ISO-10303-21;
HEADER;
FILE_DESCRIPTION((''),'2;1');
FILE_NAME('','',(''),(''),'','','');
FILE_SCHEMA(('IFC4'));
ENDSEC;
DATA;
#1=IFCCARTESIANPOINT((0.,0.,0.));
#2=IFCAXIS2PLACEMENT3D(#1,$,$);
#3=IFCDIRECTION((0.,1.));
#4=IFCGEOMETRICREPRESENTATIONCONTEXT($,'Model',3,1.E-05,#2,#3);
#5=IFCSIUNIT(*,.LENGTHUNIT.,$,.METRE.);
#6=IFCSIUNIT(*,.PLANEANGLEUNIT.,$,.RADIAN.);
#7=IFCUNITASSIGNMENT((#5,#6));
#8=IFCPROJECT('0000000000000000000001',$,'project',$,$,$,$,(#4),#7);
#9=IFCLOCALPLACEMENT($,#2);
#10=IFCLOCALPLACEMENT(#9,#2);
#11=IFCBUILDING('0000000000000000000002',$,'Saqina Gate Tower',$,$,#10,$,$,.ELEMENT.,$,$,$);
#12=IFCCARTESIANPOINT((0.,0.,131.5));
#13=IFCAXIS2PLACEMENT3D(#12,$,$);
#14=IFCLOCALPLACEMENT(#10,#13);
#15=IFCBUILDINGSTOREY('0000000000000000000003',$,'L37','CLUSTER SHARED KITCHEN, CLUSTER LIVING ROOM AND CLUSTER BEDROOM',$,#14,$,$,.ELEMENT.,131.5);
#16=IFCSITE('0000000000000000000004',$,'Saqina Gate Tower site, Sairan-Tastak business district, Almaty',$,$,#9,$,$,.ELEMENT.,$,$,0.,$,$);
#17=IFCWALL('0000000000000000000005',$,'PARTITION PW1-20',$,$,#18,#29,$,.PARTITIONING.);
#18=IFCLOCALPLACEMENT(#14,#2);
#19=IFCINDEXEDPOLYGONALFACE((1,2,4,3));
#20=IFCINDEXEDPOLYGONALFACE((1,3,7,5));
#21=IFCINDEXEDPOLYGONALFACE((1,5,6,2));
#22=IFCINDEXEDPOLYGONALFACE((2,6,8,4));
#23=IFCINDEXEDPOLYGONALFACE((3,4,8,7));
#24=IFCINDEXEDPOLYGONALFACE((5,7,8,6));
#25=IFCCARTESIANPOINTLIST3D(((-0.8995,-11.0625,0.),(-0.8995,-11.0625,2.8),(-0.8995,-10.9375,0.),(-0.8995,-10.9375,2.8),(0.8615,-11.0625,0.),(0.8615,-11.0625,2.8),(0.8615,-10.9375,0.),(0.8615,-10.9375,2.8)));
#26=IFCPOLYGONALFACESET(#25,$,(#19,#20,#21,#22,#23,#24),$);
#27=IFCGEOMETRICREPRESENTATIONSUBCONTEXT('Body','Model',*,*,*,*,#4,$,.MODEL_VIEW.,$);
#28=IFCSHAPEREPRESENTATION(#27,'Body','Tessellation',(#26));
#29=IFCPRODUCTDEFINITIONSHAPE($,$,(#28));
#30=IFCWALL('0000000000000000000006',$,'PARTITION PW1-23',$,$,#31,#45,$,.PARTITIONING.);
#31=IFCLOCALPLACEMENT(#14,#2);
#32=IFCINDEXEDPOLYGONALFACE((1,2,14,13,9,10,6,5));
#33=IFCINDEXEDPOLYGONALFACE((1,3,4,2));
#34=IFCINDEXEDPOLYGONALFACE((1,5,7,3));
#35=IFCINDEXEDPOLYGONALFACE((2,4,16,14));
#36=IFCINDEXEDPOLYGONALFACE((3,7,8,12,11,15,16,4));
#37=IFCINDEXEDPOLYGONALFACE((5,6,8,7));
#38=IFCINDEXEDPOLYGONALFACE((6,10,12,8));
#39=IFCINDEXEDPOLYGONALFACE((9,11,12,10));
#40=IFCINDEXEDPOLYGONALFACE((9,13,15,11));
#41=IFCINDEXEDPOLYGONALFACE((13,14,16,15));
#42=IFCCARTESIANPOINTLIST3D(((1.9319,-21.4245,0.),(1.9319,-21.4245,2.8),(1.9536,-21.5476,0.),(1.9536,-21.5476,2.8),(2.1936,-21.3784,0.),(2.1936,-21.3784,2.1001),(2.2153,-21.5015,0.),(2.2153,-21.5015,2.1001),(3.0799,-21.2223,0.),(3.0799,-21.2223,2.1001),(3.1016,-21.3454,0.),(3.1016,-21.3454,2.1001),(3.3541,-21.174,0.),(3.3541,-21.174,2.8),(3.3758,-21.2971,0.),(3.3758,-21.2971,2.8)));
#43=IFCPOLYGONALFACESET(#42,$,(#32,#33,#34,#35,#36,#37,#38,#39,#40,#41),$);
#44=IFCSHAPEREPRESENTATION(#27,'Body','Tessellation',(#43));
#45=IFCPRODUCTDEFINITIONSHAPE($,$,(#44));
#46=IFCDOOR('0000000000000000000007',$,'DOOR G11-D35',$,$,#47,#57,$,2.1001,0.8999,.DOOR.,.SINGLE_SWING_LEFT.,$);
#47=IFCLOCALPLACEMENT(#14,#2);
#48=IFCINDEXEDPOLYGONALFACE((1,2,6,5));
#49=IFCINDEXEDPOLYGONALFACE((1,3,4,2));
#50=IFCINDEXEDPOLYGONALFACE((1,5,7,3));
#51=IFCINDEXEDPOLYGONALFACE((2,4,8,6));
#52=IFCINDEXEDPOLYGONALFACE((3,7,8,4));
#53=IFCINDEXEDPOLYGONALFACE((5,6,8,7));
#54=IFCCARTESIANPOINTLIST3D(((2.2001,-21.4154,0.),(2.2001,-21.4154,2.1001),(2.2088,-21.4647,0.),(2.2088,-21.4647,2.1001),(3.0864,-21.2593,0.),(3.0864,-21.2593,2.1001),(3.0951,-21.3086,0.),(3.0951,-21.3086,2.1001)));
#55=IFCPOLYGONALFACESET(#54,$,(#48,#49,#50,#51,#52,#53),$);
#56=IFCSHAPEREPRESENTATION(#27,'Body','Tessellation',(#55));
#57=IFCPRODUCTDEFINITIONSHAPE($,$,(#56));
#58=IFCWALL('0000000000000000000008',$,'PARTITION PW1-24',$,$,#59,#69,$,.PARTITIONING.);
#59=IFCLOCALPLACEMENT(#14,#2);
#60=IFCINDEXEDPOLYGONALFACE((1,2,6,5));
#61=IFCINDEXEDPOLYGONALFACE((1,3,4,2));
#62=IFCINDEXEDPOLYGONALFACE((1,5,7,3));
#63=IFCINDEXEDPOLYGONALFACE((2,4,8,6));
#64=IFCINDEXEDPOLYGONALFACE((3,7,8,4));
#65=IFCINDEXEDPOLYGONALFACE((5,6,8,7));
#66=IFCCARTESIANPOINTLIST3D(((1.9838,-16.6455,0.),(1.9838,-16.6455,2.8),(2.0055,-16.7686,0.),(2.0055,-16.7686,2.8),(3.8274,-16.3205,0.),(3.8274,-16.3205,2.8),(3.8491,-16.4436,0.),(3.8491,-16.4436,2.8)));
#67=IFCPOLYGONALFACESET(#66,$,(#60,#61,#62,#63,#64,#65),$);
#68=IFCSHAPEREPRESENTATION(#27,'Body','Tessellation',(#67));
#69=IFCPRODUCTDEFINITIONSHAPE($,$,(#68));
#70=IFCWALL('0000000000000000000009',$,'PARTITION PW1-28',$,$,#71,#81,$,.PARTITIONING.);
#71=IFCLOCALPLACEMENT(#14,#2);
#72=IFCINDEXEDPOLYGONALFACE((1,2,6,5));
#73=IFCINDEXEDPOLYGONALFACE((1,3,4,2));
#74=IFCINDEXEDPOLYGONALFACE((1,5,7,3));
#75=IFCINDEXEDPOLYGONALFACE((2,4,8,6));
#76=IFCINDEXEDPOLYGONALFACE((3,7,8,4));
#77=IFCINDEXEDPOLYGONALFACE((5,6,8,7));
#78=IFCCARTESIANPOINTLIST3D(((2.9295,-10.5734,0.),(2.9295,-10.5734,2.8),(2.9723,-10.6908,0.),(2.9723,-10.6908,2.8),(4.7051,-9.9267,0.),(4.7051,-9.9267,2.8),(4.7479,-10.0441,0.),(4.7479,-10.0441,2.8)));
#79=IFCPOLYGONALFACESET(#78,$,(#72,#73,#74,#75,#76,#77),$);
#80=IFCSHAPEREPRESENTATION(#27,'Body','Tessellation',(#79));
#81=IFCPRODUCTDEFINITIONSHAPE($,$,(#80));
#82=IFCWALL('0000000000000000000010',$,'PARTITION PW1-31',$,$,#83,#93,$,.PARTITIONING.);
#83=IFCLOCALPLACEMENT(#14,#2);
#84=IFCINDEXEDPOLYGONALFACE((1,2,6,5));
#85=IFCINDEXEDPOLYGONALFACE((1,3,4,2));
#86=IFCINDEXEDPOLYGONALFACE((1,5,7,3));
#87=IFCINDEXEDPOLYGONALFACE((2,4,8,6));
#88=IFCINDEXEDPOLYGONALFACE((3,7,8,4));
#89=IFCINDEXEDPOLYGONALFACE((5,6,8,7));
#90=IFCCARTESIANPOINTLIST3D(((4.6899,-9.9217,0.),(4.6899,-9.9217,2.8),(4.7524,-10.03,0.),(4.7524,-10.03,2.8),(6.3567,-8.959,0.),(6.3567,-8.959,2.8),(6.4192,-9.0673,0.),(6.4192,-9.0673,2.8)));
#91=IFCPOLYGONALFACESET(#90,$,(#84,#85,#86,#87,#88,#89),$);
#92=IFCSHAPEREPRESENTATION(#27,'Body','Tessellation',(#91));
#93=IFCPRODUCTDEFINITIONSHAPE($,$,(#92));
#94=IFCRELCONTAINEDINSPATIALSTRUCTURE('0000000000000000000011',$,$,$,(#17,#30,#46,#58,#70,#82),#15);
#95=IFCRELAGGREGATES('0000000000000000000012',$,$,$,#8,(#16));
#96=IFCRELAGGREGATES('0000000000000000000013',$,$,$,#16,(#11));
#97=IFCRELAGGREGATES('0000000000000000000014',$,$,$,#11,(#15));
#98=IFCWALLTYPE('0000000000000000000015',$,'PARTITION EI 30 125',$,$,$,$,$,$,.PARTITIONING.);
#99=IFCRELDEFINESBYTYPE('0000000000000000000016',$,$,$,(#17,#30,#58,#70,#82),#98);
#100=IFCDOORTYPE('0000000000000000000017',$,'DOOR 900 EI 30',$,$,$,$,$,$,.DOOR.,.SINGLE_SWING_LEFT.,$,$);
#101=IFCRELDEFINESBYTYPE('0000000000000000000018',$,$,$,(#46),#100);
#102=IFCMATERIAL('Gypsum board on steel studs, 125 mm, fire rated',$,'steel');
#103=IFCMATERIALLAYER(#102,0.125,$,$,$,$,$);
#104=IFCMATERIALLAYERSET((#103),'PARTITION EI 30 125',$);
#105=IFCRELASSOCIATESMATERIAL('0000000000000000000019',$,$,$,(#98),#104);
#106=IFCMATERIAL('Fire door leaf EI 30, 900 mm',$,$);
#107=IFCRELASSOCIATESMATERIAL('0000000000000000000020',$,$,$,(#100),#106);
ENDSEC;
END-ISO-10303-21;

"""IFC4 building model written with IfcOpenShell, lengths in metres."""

from ifc_helpers import new_model, si_unit, direction, frame, frame_2d, origin, place, context, subcontext, project, spatial, rectangle, extrude, material, layer, layer_set, type_object, element, fill, save


model = new_model("IFC4")

# Units and contexts
model_context = context("Model", 3, precision=1e-05, world=origin(), true_north=direction((0.0, 1.0)))
body_context = subcontext(model_context, "Body", "Model", "MODEL_VIEW")
ifc_project = project(units=[si_unit("LENGTHUNIT", "METRE"), si_unit("PLANEANGLEUNIT", "RADIAN")], contexts=[model_context])

# Site, building, storey
site_placement = place(None, origin())
site = spatial("IfcSite", under=ifc_project, at=site_placement, Name="Saqina Gate Tower site, Sairan-Tastak business district, Almaty", CompositionType="ELEMENT", RefElevation=0.0)
building_placement = place(site_placement, origin())
building = spatial("IfcBuilding", under=site, at=building_placement, Name="Saqina Gate Tower", CompositionType="ELEMENT")
storey_placement = place(building_placement, frame((0.0, 0.0, 131.5)))
storey = spatial("IfcBuildingStorey", under=building, at=storey_placement, Name="L37", Description="CLUSTER SHARED KITCHEN, CLUSTER LIVING ROOM AND CLUSTER BEDROOM", CompositionType="ELEMENT", Elevation=131.5)

# Shared definitions
ifc_material_1 = material(Name="Gypsum board on steel studs, 125 mm, fire rated", Category="steel")
ifc_layer_1 = layer(ifc_material_1, 0.125)
ifc_layer_set_1 = layer_set([ifc_layer_1], Name="PARTITION EI 30 125")
wall_type_1 = type_object("IfcWallType", Name="PARTITION EI 30 125", PredefinedType="PARTITIONING", material=ifc_layer_set_1)

# Shared definitions
ifc_material_2 = material(Name="Fire door leaf EI 30, 900 mm")
door_type_1 = type_object("IfcDoorType", Name="DOOR 900 EI 30", OperationType="SINGLE_SWING_LEFT", PredefinedType="DOOR", material=ifc_material_2)

# Wall
wall_1_placement = place(storey_placement, frame((-0.8994, -11.0, 0.0), z_axis=(0.0, 0.0, 1.0), x_axis=(1.0, 0.0, 0.0)))
element("IfcWall", 1, at=wall_1_placement, inside=storey, type_object=wall_type_1, Name="PARTITION PW1-20", PredefinedType="PARTITIONING", context=body_context, shape_type="SweptSolid", body=[
    extrude(rectangle(XDim=1.761, YDim=0.125, at=frame_2d((0.8804, 0.0))), origin(), (0.0, 0.0, 1.0), 2.8),
])

# Wall, opening, door
wall_2_placement = place(storey_placement, frame((1.9426, -21.4861, 0.0), z_axis=(0.0, 0.0, 1.0), x_axis=(0.98484, 0.173467, 0.0)))
wall_2 = element("IfcWall", 2, at=wall_2_placement, inside=storey, type_object=wall_type_1, Name="PARTITION PW1-23", PredefinedType="PARTITIONING", context=body_context, shape_type="SweptSolid", body=[
    extrude(rectangle(XDim=1.4441, YDim=0.125, at=frame_2d((0.7222, 0.0))), origin(), (0.0, 0.0, 1.0), 2.8),
])
opening_1_placement = place(wall_2_placement, frame((0.2659, 0.0, 0.0)))
opening_1 = element("IfcOpeningElement", 3, at=opening_1_placement, cuts=wall_2, PredefinedType="OPENING", context=body_context, shape_type="SweptSolid", body=[
    extrude(rectangle(XDim=0.8999, YDim=2.1001, at=frame_2d((0.45, 1.05))), frame((0.0, 0.0745, 0.0), z_axis=(0.0, -1.0, 0.0), x_axis=(1.0, 0.0, 0.0)), (0.0, 0.0, 1.0), 0.1489),
])
door_1_placement = place(opening_1_placement, origin())
door_1 = element("IfcDoor", 4, at=door_1_placement, inside=storey, type_object=door_type_1, Name="DOOR G11-D35", OperationType="SINGLE_SWING_LEFT", OverallHeight=2.1001, OverallWidth=0.8999, PredefinedType="DOOR", context=body_context, shape_type="SweptSolid", body=[
    extrude(rectangle(XDim=0.8999, YDim=2.1001, at=frame_2d((0.45, 1.05))), frame((0.0, 0.0249, 0.0), z_axis=(0.0, -1.0, 0.0), x_axis=(1.0, 0.0, 0.0)), (0.0, 0.0, 1.0), 0.05),
])
fill(opening_1, door_1)

# Walls
wall_3_placement = place(storey_placement, frame((1.9946, -16.707, 0.0), z_axis=(0.0, 0.0, 1.0), x_axis=(0.984822, 0.17357, 0.0)))
element("IfcWall", 5, at=wall_3_placement, inside=storey, type_object=wall_type_1, Name="PARTITION PW1-24", PredefinedType="PARTITIONING", context=body_context, shape_type="SweptSolid", body=[
    extrude(rectangle(XDim=1.8721, YDim=0.125, at=frame_2d((0.936, 0.0))), origin(), (0.0, 0.0, 1.0), 2.8),
])
wall_4_placement = place(storey_placement, frame((2.9509, -10.6321, 0.0), z_axis=(0.0, 0.0, 1.0), x_axis=(0.939616, 0.342231, 0.0)))
element("IfcWall", 6, at=wall_4_placement, inside=storey, type_object=wall_type_1, Name="PARTITION PW1-28", PredefinedType="PARTITIONING", context=body_context, shape_type="SweptSolid", body=[
    extrude(rectangle(XDim=1.8896, YDim=0.125, at=frame_2d((0.9448, 0.0))), origin(), (0.0, 0.0, 1.0), 2.8),
])
wall_5_placement = place(storey_placement, frame((4.7212, -9.9758, 0.0), z_axis=(0.0, 0.0, 1.0), x_axis=(0.865947, 0.500136, 0.0)))
element("IfcWall", 7, at=wall_5_placement, inside=storey, type_object=wall_type_1, Name="PARTITION PW1-31", PredefinedType="PARTITIONING", context=body_context, shape_type="SweptSolid", body=[
    extrude(rectangle(XDim=1.9248, YDim=0.125, at=frame_2d((0.9624, 0.0))), origin(), (0.0, 0.0, 1.0), 2.8),
])

save(model, "model.ifc")
